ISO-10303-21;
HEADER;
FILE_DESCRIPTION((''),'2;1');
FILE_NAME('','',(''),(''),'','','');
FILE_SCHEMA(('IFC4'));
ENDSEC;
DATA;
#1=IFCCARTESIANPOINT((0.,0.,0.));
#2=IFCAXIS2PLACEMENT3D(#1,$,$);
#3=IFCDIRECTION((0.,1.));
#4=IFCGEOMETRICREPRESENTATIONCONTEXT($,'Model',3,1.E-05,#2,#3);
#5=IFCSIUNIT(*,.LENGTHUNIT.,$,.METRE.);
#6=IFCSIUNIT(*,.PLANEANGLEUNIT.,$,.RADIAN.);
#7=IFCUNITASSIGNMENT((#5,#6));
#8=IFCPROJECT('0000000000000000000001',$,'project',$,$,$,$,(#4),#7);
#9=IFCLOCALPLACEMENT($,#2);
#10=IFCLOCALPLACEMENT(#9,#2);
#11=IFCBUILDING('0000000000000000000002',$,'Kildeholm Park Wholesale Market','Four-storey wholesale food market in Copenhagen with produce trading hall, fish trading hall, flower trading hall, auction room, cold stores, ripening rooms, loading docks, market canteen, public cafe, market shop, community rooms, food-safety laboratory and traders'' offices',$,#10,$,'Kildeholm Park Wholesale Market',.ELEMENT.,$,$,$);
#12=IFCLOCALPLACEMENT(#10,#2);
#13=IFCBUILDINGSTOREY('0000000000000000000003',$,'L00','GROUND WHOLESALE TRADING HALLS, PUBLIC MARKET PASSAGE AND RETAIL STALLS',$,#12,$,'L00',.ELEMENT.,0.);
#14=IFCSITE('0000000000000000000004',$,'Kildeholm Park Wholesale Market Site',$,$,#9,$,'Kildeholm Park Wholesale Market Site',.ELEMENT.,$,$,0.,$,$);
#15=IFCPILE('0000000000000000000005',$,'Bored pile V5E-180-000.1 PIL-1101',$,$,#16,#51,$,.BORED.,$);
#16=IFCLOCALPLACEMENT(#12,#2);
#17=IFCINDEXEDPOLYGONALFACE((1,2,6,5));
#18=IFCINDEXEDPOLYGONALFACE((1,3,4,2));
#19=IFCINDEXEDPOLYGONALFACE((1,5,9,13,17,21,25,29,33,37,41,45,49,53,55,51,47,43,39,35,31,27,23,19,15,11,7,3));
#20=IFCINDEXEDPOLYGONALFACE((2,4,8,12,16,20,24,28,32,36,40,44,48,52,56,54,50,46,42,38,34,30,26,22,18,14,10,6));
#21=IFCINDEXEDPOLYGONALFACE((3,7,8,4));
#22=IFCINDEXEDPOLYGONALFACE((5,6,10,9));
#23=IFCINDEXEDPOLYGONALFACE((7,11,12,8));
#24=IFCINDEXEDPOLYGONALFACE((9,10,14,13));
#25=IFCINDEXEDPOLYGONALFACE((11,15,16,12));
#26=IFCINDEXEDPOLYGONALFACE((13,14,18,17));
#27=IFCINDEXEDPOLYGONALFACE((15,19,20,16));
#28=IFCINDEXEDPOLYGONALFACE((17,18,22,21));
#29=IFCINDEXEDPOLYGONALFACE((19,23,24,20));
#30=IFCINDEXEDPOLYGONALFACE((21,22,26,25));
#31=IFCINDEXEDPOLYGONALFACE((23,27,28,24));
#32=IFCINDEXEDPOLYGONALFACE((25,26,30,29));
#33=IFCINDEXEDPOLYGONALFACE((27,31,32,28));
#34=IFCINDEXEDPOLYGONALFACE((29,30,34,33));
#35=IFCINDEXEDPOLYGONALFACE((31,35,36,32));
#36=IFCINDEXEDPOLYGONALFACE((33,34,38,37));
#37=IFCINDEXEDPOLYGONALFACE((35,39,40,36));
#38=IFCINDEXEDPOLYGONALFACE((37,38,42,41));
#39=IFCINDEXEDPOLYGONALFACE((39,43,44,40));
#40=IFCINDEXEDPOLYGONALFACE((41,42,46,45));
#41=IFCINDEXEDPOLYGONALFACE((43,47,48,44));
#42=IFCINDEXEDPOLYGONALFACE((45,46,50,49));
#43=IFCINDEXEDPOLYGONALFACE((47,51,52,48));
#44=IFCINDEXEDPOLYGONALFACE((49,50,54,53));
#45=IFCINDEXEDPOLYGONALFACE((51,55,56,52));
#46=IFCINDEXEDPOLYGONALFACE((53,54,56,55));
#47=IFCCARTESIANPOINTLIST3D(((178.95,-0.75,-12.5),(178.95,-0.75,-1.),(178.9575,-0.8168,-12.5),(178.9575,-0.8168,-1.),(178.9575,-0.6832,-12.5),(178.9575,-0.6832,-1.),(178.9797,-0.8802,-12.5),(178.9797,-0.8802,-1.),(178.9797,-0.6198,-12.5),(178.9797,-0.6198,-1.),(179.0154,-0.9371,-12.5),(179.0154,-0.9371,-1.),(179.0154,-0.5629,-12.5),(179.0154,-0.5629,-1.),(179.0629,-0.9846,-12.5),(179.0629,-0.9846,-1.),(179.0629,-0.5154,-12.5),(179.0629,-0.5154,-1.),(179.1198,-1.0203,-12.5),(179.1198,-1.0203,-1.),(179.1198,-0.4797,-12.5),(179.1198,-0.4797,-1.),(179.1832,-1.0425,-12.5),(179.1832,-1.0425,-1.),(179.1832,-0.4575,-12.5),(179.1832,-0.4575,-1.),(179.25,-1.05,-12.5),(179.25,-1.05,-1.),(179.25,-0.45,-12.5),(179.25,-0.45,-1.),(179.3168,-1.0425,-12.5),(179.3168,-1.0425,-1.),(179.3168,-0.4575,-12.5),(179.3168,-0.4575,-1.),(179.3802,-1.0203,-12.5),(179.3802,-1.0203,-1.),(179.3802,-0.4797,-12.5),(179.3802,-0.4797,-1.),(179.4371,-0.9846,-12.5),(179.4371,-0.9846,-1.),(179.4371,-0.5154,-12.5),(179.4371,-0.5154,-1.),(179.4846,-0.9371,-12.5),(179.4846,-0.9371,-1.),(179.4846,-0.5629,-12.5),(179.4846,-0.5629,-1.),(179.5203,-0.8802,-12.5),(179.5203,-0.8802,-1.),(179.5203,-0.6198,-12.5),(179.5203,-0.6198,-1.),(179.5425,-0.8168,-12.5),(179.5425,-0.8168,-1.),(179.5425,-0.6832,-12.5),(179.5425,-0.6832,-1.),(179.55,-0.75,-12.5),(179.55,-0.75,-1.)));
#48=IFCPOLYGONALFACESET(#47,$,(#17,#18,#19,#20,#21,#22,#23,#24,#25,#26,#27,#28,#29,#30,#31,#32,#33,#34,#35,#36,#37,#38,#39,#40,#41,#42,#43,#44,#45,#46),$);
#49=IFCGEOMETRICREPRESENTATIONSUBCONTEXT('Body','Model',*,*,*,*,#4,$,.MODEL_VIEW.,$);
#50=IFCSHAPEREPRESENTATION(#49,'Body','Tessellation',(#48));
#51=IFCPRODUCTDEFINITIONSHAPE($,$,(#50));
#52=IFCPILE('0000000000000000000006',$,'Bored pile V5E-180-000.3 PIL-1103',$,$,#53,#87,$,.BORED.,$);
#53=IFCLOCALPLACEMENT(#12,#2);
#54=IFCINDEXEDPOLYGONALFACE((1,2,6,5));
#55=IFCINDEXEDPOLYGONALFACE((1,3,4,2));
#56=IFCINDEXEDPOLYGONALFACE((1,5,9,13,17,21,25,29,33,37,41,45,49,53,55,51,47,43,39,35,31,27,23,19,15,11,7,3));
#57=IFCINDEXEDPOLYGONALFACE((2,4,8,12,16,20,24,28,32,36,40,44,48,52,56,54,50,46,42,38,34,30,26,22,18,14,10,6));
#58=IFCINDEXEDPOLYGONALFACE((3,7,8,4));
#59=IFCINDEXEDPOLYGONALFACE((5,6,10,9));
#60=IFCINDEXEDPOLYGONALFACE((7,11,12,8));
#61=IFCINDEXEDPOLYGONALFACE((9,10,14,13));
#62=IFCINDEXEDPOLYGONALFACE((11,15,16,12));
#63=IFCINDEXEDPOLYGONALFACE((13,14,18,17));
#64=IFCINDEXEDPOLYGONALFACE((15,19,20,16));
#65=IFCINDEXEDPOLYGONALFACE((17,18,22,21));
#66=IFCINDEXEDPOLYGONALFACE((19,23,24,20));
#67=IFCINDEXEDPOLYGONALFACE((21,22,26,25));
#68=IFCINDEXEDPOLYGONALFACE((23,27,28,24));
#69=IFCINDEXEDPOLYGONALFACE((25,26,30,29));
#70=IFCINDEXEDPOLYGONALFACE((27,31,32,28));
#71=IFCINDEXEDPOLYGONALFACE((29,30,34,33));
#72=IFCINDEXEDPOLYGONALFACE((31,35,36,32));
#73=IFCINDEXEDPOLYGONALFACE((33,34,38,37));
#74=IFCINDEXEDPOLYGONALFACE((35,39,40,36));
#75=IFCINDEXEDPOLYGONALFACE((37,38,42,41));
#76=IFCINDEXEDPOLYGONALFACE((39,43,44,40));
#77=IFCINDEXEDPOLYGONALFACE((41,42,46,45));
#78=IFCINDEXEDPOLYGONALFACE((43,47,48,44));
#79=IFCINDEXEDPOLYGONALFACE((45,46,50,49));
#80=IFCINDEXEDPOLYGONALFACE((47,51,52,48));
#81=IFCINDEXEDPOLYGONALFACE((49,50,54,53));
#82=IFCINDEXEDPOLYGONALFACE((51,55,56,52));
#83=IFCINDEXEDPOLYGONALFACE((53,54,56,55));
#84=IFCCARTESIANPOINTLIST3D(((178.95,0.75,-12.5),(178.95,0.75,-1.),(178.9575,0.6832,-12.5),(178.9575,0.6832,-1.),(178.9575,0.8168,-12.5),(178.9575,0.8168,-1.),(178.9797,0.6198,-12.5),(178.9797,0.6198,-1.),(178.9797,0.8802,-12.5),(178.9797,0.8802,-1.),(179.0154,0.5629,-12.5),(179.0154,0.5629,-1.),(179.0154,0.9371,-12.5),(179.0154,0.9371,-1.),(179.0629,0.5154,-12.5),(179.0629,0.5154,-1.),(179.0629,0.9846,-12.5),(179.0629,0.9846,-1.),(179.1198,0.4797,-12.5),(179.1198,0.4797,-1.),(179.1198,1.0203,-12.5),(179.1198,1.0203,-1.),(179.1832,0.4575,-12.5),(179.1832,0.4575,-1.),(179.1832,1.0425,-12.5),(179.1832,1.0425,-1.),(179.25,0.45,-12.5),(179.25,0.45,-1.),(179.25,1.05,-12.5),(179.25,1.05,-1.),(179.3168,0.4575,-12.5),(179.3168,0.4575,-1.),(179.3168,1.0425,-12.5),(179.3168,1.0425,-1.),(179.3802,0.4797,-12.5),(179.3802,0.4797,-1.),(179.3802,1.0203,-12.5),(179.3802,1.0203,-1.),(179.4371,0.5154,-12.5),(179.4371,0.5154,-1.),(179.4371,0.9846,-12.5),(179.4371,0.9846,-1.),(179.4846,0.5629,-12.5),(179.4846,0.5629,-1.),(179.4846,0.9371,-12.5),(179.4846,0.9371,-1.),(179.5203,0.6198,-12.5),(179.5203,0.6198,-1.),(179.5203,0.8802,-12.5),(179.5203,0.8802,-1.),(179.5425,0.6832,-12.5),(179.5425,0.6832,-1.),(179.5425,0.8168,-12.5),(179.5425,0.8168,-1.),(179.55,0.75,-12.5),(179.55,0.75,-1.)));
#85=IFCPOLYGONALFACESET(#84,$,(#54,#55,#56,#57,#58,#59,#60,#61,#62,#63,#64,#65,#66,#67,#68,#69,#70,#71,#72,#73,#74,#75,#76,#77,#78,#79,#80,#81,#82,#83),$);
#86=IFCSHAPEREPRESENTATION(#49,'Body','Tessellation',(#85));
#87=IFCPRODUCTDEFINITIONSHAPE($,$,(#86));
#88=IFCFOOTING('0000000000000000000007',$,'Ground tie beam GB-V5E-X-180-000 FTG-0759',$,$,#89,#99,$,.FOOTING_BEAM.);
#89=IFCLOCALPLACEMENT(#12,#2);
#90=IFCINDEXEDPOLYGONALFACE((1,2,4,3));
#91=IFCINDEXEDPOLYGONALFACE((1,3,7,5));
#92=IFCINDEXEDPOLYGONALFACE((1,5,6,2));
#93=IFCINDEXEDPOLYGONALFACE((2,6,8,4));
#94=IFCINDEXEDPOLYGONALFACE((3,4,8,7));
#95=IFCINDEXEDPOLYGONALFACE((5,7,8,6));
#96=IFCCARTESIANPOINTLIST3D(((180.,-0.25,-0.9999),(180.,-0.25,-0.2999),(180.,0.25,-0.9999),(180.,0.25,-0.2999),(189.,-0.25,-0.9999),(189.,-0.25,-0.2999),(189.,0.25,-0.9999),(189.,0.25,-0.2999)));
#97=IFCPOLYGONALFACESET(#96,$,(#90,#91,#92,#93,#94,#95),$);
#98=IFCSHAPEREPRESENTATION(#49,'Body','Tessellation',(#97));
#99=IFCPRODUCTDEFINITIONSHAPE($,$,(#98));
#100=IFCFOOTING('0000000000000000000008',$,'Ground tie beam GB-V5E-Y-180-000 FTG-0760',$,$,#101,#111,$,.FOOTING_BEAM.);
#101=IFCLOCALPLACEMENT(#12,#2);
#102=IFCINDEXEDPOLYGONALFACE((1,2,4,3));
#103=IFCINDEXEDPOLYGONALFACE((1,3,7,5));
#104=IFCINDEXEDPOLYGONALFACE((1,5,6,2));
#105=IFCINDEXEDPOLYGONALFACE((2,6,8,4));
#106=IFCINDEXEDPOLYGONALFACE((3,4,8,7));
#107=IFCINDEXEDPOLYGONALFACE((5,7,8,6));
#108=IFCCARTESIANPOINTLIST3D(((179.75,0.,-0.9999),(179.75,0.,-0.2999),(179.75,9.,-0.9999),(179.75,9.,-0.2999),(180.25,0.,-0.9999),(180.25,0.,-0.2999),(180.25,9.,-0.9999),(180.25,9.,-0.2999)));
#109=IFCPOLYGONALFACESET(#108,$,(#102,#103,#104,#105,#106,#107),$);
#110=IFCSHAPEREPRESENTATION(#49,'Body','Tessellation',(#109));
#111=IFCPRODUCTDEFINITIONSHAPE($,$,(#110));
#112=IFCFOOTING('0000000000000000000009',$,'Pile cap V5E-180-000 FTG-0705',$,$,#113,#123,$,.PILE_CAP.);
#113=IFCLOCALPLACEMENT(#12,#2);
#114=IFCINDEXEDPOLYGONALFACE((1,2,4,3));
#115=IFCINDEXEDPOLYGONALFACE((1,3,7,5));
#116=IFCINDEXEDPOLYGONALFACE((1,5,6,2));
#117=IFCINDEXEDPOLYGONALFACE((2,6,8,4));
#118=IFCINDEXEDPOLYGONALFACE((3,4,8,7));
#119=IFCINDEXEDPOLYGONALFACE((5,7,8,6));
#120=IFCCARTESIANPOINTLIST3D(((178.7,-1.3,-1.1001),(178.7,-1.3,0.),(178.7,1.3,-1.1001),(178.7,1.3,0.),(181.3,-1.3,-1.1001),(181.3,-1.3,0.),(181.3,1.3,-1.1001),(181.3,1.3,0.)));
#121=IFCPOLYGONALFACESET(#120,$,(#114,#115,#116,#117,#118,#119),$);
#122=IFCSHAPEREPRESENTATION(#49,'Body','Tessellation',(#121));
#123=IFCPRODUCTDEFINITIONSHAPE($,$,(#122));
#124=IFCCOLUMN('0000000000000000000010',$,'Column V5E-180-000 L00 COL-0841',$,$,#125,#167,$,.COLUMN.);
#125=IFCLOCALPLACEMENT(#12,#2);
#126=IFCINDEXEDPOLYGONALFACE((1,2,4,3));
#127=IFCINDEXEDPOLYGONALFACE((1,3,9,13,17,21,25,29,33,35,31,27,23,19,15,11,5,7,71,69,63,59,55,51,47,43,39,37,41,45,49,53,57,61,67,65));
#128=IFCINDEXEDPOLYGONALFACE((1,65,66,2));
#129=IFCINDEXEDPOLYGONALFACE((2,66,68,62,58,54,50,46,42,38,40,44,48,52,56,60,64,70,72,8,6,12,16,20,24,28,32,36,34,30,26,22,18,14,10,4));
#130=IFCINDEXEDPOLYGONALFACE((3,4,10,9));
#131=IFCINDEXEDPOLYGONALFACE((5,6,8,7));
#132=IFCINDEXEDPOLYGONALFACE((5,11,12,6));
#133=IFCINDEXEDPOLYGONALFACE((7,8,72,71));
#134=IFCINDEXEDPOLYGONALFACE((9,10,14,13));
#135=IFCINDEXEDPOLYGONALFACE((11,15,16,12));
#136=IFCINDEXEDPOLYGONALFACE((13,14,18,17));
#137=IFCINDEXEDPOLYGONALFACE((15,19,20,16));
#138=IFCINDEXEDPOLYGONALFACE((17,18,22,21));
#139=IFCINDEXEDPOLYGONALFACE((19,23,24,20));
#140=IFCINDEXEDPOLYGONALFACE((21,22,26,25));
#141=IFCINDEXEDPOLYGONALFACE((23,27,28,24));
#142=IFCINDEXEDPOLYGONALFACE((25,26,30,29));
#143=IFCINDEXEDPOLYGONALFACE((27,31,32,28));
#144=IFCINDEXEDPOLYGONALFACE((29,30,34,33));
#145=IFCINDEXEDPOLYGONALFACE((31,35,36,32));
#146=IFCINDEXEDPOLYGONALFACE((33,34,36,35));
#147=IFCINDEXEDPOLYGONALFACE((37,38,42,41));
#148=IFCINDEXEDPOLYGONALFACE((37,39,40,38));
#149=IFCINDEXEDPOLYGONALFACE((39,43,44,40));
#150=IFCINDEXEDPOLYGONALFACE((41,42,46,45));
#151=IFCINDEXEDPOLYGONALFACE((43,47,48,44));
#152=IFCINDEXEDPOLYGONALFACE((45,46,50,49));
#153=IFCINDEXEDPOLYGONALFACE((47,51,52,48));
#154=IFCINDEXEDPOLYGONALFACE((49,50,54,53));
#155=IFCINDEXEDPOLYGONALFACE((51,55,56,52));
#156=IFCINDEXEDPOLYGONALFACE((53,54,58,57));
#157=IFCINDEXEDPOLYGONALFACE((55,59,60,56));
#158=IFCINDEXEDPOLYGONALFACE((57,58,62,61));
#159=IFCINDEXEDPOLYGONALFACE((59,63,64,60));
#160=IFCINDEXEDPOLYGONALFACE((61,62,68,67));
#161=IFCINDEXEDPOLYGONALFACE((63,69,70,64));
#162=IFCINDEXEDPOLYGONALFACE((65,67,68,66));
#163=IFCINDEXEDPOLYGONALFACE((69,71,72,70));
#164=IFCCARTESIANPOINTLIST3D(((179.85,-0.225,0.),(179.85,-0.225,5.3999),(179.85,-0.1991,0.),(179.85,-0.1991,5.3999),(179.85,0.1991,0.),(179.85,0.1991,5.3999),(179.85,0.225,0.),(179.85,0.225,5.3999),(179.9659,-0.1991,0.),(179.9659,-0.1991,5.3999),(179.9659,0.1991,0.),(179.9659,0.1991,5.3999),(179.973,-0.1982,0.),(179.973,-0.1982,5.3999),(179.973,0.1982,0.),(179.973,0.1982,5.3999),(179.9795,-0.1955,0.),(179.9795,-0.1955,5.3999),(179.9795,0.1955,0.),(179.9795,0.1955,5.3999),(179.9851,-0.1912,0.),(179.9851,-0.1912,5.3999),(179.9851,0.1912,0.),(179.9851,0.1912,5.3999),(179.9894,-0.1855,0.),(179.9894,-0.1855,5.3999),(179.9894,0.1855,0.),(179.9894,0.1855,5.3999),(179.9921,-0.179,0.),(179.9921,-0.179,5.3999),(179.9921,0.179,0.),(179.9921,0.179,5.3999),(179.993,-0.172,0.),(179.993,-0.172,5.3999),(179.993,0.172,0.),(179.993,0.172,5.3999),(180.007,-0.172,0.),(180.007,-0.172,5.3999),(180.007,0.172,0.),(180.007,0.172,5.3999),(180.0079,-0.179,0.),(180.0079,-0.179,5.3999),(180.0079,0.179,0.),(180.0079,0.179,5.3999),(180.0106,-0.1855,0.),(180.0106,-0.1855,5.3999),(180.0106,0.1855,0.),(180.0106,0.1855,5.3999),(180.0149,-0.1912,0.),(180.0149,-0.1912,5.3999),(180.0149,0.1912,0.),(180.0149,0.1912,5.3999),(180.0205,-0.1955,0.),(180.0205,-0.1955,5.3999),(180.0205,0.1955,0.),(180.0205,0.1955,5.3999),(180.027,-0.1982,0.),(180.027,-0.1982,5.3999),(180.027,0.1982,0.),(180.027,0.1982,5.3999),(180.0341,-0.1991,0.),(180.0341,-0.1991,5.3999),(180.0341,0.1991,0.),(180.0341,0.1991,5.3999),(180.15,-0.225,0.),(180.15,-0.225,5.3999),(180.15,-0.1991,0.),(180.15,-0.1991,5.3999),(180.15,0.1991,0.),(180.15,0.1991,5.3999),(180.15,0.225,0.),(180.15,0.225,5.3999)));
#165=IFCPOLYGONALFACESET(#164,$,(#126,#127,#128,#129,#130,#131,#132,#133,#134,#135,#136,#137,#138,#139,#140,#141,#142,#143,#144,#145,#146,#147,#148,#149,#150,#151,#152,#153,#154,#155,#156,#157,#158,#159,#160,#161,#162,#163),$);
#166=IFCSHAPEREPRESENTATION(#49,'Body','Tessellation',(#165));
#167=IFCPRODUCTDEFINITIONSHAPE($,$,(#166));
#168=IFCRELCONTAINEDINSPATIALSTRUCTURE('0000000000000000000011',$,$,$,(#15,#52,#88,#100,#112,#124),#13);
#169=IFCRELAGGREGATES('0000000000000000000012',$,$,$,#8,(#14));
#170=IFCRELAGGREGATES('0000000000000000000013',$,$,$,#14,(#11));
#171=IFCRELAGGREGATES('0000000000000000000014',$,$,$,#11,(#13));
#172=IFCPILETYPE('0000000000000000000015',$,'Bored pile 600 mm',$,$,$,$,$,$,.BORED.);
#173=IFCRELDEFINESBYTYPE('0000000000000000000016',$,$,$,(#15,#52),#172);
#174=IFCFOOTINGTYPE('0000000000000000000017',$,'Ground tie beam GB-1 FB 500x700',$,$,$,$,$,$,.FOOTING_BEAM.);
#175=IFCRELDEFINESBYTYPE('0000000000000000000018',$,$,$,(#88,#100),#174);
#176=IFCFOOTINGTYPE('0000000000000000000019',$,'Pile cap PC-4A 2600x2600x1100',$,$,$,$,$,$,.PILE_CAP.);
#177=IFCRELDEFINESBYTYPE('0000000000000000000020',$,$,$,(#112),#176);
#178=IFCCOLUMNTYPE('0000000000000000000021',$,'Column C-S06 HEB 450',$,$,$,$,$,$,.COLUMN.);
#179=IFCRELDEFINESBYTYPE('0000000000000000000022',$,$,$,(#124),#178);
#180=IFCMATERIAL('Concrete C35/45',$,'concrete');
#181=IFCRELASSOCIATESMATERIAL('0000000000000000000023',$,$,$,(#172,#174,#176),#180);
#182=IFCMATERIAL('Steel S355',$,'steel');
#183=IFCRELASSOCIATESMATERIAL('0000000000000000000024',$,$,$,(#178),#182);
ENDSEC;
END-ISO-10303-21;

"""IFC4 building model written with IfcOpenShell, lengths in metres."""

from ifc_helpers import new_model, si_unit, direction, frame, origin, origin_2d, place, context, subcontext, project, spatial, rectangle, circle, i_section, extrude, material, material_profile, profile_set, type_object, element, save


model = new_model("IFC4")

# Units and contexts
model_context = context("Model", 3, precision=1e-05, world=origin(), true_north=direction((0.0, 1.0)))
body_context = subcontext(model_context, "Body", "Model", "MODEL_VIEW")
ifc_project = project(units=[si_unit("LENGTHUNIT", "METRE"), si_unit("PLANEANGLEUNIT", "RADIAN")], contexts=[model_context])

# Site, building, storey
site_placement = place(None, origin())
site = spatial("IfcSite", under=ifc_project, at=site_placement, Name="Kildeholm Park Wholesale Market Site", LongName="Kildeholm Park Wholesale Market Site", CompositionType="ELEMENT", RefElevation=0.0)
building_placement = place(site_placement, origin())
building = spatial("IfcBuilding", under=site, at=building_placement, Name="Kildeholm Park Wholesale Market", Description="Four-storey wholesale food market in Copenhagen with produce trading hall, fish trading hall, flower trading hall, auction room, cold stores, ripening rooms, loading docks, market canteen, public cafe, market shop, community rooms, food-safety laboratory and traders' offices", LongName="Kildeholm Park Wholesale Market", CompositionType="ELEMENT")
storey_placement = place(building_placement, origin())
storey = spatial("IfcBuildingStorey", under=building, at=storey_placement, Name="L00", Description="GROUND WHOLESALE TRADING HALLS, PUBLIC MARKET PASSAGE AND RETAIL STALLS", LongName="L00", CompositionType="ELEMENT", Elevation=0.0)

# Piles
ifc_material_1 = material(Name="Concrete C35/45", Category="concrete")
ifc_material_profile_1 = material_profile(ifc_material_1, circle(Radius=0.3, at=origin_2d()), Name="PILE D600")
ifc_profile_set_1 = profile_set([ifc_material_profile_1], Name="Concrete C35/45")
pile_type = type_object("IfcPileType", Name="Bored pile 600 mm", PredefinedType="BORED", material=ifc_profile_set_1)
for number, where, z_axis, x_axis, name in (
    (1, (179.25, -0.75, -1.0), (0.0, 0.0, -1.0), (1.0, 0.0, 0.0), "Bored pile V5E-180-000.1 PIL-1101"),
    (2, (179.25, 0.75, -1.0), (0.0, 0.0, -1.0), (1.0, 0.0, 0.0), "Bored pile V5E-180-000.3 PIL-1103"),
):
    element("IfcPile", number, at=place(storey_placement, frame(where, z_axis=z_axis, x_axis=x_axis)), inside=storey, type_object=pile_type, Name=name, PredefinedType="BORED", context=body_context, shape_type="SweptSolid", body=[
        extrude(circle(Radius=0.3, at=origin_2d()), origin(), (0.0, 0.0, 1.0), 11.5),
    ])

# Footings
ifc_material_profile_2 = material_profile(ifc_material_1, rectangle(XDim=0.5, YDim=0.7, at=origin_2d()), Name="FB 500x700")
ifc_profile_set_2 = profile_set([ifc_material_profile_2], Name="Concrete C35/45")
footing_type_1 = type_object("IfcFootingType", Name="Ground tie beam GB-1 FB 500x700", PredefinedType="FOOTING_BEAM", material=ifc_profile_set_2)
for number, where, z_axis, x_axis, name in (
    (3, (180.0, 0.0, -0.6499), (1.0, 0.0, 0.0), (0.0, 1.0, 0.0), "Ground tie beam GB-V5E-X-180-000 FTG-0759"),
    (4, (180.0, 0.0, -0.6499), (0.0, 1.0, 0.0), (-1.0, 0.0, 0.0), "Ground tie beam GB-V5E-Y-180-000 FTG-0760"),
):
    element("IfcFooting", number, at=place(storey_placement, frame(where, z_axis=z_axis, x_axis=x_axis)), inside=storey, type_object=footing_type_1, Name=name, PredefinedType="FOOTING_BEAM", context=body_context, shape_type="SweptSolid", body=[
        extrude(rectangle(XDim=0.5, YDim=0.7, at=origin_2d()), origin(), (0.0, 0.0, 1.0), 9.0),
    ])
footing_type_2 = type_object("IfcFootingType", Name="Pile cap PC-4A 2600x2600x1100", PredefinedType="PILE_CAP", material=ifc_material_1)
footing_placement = place(storey_placement, frame((180.0, 0.0, -1.1001), z_axis=(0.0, 0.0, 1.0), x_axis=(1.0, 0.0, 0.0)))
element("IfcFooting", 5, at=footing_placement, inside=storey, type_object=footing_type_2, Name="Pile cap V5E-180-000 FTG-0705", PredefinedType="PILE_CAP", context=body_context, shape_type="SweptSolid", body=[
    extrude(rectangle(XDim=2.6001, YDim=2.6001, at=origin_2d()), origin(), (0.0, 0.0, 1.0), 1.1001),
])

# Column
ifc_material_2 = material(Name="Steel S355", Category="steel")
ifc_material_profile_3 = material_profile(ifc_material_2, i_section(OverallWidth=0.3, OverallDepth=0.45, WebThickness=0.0139, FlangeThickness=0.0259, FilletRadius=0.0271, at=origin_2d()), Name="HEB 450")
ifc_profile_set_3 = profile_set([ifc_material_profile_3], Name="Steel S355")
column_type = type_object("IfcColumnType", Name="Column C-S06 HEB 450", PredefinedType="COLUMN", material=ifc_profile_set_3)
column_placement = place(storey_placement, frame((180.0, 0.0, 0.0), z_axis=(0.0, 0.0, 1.0), x_axis=(1.0, 0.0, 0.0)))
element("IfcColumn", 6, at=column_placement, inside=storey, type_object=column_type, Name="Column V5E-180-000 L00 COL-0841", PredefinedType="COLUMN", context=body_context, shape_type="SweptSolid", body=[
    extrude(i_section(OverallWidth=0.3, OverallDepth=0.45, WebThickness=0.0139, FlangeThickness=0.0259, FilletRadius=0.0271, at=origin_2d()), origin(), (0.0, 0.0, 1.0), 5.3999),
])

save(model, "model.ifc")
